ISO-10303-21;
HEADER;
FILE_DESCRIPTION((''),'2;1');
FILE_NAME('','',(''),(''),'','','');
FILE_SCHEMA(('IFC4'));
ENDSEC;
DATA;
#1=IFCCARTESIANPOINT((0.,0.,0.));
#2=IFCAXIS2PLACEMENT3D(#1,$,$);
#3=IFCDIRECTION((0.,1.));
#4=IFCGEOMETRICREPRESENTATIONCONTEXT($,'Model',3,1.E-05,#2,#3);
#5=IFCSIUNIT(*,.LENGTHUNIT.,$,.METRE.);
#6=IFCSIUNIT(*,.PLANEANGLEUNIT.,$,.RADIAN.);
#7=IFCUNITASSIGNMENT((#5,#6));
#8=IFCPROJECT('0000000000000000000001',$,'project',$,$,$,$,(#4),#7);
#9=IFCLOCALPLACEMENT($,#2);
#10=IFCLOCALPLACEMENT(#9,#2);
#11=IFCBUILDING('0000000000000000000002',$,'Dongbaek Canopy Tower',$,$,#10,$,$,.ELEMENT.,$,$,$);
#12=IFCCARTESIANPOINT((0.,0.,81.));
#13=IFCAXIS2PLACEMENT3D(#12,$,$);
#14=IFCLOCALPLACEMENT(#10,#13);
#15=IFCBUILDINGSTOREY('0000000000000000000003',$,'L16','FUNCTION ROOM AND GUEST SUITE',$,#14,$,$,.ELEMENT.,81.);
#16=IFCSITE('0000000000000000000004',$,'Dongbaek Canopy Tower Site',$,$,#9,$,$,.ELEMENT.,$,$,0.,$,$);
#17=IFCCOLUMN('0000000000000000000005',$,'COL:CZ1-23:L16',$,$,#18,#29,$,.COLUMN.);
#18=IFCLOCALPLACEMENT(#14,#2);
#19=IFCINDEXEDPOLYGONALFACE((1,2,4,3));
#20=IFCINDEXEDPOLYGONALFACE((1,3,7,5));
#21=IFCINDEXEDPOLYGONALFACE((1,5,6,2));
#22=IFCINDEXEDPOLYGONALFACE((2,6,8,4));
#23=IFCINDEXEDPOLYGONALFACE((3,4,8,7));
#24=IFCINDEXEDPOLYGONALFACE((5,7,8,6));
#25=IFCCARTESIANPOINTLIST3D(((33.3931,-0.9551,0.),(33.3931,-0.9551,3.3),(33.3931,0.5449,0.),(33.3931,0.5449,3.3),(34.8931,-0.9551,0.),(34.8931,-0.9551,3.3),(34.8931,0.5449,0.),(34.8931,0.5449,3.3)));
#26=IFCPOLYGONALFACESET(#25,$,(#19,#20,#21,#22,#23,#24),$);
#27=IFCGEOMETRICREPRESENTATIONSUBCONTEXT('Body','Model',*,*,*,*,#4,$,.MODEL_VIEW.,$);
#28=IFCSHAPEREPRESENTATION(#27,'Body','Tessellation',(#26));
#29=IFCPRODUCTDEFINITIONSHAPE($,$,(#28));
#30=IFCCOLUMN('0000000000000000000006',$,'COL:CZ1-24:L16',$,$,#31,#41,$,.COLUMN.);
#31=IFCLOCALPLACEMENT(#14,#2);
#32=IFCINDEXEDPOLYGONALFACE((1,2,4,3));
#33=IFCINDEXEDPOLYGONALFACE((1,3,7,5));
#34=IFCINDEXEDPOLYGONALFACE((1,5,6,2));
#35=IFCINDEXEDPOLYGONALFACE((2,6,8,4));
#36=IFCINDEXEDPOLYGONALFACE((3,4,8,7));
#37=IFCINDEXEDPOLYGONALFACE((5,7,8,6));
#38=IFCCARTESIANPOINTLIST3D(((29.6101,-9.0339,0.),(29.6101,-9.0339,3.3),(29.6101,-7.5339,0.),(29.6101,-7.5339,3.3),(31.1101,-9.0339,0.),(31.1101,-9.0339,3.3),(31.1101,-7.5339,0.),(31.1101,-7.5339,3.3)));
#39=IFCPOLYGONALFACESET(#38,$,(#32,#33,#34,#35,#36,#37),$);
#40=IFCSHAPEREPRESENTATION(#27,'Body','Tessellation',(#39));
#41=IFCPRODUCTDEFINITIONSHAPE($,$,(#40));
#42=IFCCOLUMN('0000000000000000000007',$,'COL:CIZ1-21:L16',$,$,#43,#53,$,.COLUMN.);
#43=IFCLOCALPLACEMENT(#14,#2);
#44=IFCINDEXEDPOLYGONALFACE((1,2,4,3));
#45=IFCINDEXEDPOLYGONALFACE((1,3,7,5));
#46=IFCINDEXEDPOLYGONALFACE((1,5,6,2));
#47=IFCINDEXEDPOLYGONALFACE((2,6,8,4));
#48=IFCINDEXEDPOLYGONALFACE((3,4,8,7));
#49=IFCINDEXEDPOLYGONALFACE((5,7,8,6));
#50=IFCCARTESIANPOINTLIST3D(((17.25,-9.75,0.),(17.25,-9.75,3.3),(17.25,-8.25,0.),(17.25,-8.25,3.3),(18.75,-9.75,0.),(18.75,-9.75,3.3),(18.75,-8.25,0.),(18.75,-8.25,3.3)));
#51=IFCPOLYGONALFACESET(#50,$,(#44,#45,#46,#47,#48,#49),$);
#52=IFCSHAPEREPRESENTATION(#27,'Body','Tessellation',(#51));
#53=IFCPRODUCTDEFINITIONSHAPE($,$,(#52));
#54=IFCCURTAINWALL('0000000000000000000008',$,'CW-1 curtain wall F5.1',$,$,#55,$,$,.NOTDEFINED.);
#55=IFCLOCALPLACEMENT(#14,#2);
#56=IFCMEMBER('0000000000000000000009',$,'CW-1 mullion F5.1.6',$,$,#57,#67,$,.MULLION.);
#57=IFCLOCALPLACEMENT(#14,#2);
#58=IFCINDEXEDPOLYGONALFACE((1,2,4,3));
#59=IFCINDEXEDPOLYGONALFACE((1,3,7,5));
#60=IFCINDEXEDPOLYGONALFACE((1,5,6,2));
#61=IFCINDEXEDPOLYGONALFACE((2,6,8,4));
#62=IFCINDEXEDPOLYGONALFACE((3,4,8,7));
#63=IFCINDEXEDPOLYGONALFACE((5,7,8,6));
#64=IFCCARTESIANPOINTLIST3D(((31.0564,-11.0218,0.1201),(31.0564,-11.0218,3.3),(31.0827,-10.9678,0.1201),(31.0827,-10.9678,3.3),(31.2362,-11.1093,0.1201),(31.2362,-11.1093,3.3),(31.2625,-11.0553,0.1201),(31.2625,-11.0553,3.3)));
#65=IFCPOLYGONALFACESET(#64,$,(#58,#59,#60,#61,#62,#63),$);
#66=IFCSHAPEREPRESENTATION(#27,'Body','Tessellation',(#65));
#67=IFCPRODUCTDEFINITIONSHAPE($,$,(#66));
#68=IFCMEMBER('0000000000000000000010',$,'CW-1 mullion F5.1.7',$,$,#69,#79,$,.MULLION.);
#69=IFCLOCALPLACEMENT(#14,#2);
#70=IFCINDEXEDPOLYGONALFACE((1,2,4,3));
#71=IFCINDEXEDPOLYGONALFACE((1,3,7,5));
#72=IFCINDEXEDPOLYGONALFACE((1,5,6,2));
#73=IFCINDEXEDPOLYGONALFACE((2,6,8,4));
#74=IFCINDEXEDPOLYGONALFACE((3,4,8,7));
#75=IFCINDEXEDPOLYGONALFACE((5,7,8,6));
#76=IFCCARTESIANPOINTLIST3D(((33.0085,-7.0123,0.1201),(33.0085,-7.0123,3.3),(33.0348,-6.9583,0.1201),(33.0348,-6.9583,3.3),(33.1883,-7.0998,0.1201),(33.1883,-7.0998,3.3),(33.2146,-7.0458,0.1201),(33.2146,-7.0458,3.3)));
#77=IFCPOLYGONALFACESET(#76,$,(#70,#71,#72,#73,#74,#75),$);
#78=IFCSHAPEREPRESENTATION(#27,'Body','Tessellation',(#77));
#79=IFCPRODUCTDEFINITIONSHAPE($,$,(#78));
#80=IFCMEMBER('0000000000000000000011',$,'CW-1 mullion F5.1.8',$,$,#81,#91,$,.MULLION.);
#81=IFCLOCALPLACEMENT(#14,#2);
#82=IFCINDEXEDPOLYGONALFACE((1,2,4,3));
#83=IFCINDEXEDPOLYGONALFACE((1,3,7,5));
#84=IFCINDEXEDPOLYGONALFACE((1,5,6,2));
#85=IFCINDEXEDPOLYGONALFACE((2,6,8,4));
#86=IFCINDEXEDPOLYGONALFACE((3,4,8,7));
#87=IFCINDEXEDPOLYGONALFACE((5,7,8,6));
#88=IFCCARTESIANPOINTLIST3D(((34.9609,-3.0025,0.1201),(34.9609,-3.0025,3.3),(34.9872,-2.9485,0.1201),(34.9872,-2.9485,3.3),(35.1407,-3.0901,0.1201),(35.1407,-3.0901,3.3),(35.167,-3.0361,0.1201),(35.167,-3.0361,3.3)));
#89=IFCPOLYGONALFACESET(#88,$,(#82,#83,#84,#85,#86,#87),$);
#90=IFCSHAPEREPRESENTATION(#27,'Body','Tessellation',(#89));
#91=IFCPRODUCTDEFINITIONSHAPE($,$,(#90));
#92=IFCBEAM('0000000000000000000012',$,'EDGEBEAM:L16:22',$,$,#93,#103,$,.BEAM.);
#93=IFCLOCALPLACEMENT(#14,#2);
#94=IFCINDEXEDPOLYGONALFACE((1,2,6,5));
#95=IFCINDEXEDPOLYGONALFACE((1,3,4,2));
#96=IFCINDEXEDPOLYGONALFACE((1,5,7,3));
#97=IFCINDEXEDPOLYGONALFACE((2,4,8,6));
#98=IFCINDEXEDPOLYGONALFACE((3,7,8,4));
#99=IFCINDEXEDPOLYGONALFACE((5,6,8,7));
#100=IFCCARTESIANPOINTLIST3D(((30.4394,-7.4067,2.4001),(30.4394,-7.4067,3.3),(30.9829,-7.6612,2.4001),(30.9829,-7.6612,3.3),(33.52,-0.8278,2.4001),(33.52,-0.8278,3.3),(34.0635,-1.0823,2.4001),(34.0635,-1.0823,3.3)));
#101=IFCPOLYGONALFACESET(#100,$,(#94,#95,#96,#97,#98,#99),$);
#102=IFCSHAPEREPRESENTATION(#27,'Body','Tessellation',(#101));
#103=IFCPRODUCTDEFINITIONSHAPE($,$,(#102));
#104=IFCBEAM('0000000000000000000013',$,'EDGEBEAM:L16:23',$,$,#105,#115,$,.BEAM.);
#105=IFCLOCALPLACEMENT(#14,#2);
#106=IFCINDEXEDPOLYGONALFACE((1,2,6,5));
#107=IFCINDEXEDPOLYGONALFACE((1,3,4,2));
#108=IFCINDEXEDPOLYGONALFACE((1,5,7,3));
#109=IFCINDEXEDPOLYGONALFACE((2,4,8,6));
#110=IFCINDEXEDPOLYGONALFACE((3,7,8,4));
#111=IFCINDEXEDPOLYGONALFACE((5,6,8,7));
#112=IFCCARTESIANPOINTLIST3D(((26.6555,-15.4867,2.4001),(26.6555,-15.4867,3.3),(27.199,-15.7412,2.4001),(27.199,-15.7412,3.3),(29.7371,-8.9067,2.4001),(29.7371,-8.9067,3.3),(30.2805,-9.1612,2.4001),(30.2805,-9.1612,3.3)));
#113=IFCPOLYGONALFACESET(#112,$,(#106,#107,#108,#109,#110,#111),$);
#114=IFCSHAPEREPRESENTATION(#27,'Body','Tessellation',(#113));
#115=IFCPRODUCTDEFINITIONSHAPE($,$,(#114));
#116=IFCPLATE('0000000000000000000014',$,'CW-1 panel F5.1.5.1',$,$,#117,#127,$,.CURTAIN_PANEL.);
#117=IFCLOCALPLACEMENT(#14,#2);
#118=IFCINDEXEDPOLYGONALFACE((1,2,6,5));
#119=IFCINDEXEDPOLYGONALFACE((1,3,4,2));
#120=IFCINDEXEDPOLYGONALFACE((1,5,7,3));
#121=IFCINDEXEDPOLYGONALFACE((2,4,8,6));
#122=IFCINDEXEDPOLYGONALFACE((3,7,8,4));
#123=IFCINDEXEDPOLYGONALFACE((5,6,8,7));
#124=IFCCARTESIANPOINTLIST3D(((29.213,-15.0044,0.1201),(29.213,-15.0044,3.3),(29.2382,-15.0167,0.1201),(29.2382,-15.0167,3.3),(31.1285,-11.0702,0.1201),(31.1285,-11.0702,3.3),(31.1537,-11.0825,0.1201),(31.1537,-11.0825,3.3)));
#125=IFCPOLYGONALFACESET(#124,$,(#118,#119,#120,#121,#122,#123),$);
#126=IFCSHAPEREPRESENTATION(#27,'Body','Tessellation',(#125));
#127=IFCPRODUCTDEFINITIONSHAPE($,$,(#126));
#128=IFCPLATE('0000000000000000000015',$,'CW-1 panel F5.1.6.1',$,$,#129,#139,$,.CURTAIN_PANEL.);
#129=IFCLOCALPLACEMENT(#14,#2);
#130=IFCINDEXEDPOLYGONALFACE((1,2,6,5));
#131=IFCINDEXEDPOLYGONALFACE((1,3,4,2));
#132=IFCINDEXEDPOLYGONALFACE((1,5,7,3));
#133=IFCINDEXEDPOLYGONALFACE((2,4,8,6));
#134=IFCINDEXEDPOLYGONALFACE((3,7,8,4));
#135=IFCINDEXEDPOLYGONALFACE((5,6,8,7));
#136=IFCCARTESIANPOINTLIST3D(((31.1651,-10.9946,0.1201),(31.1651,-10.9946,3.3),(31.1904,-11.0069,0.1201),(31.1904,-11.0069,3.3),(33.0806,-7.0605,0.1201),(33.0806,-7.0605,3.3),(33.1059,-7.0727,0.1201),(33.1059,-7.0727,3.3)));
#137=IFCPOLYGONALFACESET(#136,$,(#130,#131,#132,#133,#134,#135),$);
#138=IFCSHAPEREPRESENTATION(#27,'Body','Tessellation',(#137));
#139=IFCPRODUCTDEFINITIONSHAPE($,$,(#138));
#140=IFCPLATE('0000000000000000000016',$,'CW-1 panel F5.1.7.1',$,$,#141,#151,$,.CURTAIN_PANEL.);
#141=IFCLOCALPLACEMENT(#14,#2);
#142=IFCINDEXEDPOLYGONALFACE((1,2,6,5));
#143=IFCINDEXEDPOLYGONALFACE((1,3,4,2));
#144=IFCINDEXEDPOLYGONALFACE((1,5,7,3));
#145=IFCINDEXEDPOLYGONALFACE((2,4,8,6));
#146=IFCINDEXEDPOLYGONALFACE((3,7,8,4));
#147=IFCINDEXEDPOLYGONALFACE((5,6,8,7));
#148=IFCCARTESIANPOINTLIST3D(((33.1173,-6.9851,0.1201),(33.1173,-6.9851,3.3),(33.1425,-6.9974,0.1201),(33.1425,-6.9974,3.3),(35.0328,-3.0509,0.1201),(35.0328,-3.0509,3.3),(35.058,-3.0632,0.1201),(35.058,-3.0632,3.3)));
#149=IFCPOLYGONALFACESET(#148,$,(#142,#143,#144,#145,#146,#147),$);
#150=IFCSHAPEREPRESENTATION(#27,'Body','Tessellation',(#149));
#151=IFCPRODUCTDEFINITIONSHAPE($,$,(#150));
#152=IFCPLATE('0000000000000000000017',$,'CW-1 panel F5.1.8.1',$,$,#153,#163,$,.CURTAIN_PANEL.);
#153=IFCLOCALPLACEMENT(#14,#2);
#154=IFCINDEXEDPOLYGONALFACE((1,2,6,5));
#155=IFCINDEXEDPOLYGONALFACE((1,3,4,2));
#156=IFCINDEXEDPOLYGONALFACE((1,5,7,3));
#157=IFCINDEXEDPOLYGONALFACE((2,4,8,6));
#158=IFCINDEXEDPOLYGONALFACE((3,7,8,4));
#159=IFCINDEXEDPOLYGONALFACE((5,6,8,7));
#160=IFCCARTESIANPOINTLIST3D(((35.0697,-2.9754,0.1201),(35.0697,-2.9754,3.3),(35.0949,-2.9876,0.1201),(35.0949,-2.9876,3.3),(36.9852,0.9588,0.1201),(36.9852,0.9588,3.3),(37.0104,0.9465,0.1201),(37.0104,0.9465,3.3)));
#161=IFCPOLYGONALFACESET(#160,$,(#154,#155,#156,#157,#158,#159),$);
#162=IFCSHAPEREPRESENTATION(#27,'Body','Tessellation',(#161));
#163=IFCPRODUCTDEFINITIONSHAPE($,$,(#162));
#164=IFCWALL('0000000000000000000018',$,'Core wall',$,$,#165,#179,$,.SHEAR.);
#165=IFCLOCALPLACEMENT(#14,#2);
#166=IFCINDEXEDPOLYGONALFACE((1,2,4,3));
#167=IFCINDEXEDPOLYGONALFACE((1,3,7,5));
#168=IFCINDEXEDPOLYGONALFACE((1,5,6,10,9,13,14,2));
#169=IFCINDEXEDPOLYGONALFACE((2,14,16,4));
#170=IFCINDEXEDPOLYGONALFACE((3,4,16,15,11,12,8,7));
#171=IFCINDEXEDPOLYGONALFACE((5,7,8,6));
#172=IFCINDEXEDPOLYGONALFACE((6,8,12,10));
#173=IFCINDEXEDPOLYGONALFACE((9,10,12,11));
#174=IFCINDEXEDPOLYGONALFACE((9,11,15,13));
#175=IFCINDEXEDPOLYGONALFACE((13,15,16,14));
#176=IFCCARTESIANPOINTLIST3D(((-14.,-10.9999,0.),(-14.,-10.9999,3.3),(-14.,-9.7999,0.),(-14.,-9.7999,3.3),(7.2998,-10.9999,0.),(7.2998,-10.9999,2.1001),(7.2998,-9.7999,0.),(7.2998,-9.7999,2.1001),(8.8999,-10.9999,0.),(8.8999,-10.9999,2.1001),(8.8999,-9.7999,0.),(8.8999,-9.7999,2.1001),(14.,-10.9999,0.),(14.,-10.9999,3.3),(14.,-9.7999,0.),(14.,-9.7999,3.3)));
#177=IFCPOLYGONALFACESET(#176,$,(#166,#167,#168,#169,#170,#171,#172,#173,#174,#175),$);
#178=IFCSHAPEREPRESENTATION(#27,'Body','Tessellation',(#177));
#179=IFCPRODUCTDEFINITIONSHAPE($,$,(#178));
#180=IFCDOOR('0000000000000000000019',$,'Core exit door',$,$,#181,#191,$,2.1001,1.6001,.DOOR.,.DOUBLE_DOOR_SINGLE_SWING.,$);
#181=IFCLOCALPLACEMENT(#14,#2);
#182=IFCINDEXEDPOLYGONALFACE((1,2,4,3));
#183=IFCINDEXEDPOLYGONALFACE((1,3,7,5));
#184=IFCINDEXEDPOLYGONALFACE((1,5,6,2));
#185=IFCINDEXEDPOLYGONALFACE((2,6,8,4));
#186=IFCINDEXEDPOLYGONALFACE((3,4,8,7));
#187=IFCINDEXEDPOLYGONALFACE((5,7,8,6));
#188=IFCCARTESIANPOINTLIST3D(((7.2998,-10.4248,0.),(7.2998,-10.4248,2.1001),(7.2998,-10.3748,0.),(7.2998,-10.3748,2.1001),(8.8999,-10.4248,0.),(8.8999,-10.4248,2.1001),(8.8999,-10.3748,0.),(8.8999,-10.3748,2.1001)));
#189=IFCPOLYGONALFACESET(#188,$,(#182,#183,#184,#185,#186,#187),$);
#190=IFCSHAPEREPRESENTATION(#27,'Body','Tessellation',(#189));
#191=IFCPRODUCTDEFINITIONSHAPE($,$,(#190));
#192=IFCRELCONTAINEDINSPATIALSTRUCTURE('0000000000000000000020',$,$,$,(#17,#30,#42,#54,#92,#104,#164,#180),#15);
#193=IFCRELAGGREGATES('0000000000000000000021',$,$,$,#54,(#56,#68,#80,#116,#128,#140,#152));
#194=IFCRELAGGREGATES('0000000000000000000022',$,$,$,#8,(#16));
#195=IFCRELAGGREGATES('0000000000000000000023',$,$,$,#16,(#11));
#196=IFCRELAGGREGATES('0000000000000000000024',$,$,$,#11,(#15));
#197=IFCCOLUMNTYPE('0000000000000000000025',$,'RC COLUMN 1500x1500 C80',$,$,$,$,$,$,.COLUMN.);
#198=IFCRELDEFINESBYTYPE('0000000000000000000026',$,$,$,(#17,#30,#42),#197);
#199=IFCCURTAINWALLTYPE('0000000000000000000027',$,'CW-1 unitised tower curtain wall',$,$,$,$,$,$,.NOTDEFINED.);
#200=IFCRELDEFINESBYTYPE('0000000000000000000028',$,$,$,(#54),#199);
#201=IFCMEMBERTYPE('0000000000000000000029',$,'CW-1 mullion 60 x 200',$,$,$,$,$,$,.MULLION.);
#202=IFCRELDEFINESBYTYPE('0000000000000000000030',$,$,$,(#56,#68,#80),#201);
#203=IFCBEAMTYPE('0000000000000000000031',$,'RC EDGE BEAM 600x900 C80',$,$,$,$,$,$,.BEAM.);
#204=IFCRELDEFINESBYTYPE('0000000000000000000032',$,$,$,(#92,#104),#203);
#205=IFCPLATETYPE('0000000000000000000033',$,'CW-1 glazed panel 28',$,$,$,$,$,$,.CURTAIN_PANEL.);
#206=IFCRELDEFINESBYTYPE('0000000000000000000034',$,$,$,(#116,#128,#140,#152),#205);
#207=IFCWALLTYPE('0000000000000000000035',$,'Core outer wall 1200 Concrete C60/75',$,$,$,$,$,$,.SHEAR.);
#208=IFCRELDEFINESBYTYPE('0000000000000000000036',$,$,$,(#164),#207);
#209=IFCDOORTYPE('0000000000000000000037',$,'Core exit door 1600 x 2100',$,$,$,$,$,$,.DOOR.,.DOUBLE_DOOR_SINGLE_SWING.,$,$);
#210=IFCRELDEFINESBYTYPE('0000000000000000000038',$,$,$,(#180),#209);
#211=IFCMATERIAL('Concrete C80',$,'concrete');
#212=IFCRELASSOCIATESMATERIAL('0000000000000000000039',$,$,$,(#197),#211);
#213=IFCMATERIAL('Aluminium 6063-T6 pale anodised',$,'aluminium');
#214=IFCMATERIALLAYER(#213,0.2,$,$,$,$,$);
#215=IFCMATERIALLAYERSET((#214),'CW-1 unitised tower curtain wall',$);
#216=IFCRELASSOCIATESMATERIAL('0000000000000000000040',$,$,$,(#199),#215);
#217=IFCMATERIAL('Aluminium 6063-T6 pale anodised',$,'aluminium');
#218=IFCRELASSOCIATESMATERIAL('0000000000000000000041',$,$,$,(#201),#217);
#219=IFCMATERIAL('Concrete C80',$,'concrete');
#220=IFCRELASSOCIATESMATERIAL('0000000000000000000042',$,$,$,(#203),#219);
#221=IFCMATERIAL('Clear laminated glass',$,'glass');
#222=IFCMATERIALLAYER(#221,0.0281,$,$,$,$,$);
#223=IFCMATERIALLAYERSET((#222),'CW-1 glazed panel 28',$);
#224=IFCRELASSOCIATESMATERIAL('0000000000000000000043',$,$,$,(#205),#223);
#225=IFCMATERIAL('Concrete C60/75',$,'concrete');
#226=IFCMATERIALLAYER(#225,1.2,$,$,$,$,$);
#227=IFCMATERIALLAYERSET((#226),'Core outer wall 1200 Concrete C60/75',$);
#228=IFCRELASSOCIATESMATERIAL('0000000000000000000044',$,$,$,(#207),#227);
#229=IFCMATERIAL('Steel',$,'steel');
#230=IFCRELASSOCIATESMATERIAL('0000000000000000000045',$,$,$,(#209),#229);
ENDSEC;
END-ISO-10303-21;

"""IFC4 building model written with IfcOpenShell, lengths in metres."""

from ifc_helpers import new_model, si_unit, direction, frame, frame_2d, origin, origin_2d, place, context, subcontext, project, spatial, rectangle, extrude, material, layer, layer_set, material_profile, profile_set, type_object, element, fill, aggregate, save


model = new_model("IFC4")

# Units and contexts
model_context = context("Model", 3, precision=1e-05, world=origin(), true_north=direction((0.0, 1.0)))
body_context = subcontext(model_context, "Body", "Model", "MODEL_VIEW")
ifc_project = project(units=[si_unit("LENGTHUNIT", "METRE"), si_unit("PLANEANGLEUNIT", "RADIAN")], contexts=[model_context])

# Site, building, storey
site_placement = place(None, origin())
site = spatial("IfcSite", under=ifc_project, at=site_placement, Name="Dongbaek Canopy Tower Site", CompositionType="ELEMENT", RefElevation=0.0)
building_placement = place(site_placement, origin())
building = spatial("IfcBuilding", under=site, at=building_placement, Name="Dongbaek Canopy Tower", CompositionType="ELEMENT")
storey_placement = place(building_placement, frame((0.0, 0.0, 81.0)))
storey = spatial("IfcBuildingStorey", under=building, at=storey_placement, Name="L16", Description="FUNCTION ROOM AND GUEST SUITE", CompositionType="ELEMENT", Elevation=81.0)

# Columns
ifc_material_1 = material(Name="Concrete C80", Category="concrete")
ifc_material_profile_1 = material_profile(ifc_material_1, rectangle(XDim=1.5, YDim=1.5, at=origin_2d()), Name="RC COLUMN 1500x1500 C80")
ifc_profile_set_1 = profile_set([ifc_material_profile_1], Name="Concrete C80")
column_type = type_object("IfcColumnType", Name="RC COLUMN 1500x1500 C80", PredefinedType="COLUMN", material=ifc_profile_set_1)
for number, where, z_axis, x_axis, name in (
    (1, (34.1431, -0.2051, 0.0), (0.0, 0.0, 1.0), (1.0, 0.0, 0.0), "COL:CZ1-23:L16"),
    (2, (30.3601, -8.2839, 0.0), (0.0, 0.0, 1.0), (1.0, 0.0, 0.0), "COL:CZ1-24:L16"),
    (3, (18.0, -9.0, 0.0), (0.0, 0.0, 1.0), (1.0, 0.0, 0.0), "COL:CIZ1-21:L16"),
):
    element("IfcColumn", number, at=place(storey_placement, frame(where, z_axis=z_axis, x_axis=x_axis)), inside=storey, type_object=column_type, Name=name, PredefinedType="COLUMN", context=body_context, shape_type="SweptSolid", body=[
        extrude(rectangle(XDim=1.5, YDim=1.5, at=origin_2d()), origin(), (0.0, 0.0, 1.0), 3.3),
    ])

# Curtain wall, members
ifc_material_2 = material(Name="Aluminium 6063-T6 pale anodised", Category="aluminium")
ifc_layer_1 = layer(ifc_material_2, 0.2)
ifc_layer_set_1 = layer_set([ifc_layer_1], Name="CW-1 unitised tower curtain wall")
curtain_wall_type = type_object("IfcCurtainWallType", Name="CW-1 unitised tower curtain wall", PredefinedType="NOTDEFINED", material=ifc_layer_set_1)
curtain_wall_placement = place(storey_placement, origin())
curtain_wall = element("IfcCurtainWall", 4, at=curtain_wall_placement, inside=storey, type_object=curtain_wall_type, Name="CW-1 curtain wall F5.1", PredefinedType="NOTDEFINED")
ifc_material_3 = material(Name="Aluminium 6063-T6 pale anodised", Category="aluminium")
ifc_material_profile_2 = material_profile(ifc_material_3, rectangle(XDim=0.2, YDim=0.0601, at=origin_2d()), Name="CW-1 mullion 60 x 200")
ifc_profile_set_2 = profile_set([ifc_material_profile_2], Name="Aluminium 6063-T6 pale anodised")
member_type = type_object("IfcMemberType", Name="CW-1 mullion 60 x 200", PredefinedType="MULLION", material=ifc_profile_set_2)
member_1_placement = place(storey_placement, frame((31.1594, -11.0386, 0.1201), z_axis=(0.0, 0.0, 1.0), x_axis=(0.899092, -0.437759, 0.0)))
member_1 = element("IfcMember", 5, at=member_1_placement, type_object=member_type, Name="CW-1 mullion F5.1.6", PredefinedType="MULLION", context=body_context, shape_type="SweptSolid", body=[
    extrude(rectangle(XDim=0.2, YDim=0.0601, at=origin_2d()), origin(), (0.0, 0.0, 1.0), 3.1799),
])
member_2_placement = place(storey_placement, frame((33.1116, -7.0291, 0.1201), z_axis=(0.0, 0.0, 1.0), x_axis=(0.899092, -0.437759, 0.0)))
member_2 = element("IfcMember", 6, at=member_2_placement, type_object=member_type, Name="CW-1 mullion F5.1.7", PredefinedType="MULLION", context=body_context, shape_type="SweptSolid", body=[
    extrude(rectangle(XDim=0.2, YDim=0.0601, at=origin_2d()), origin(), (0.0, 0.0, 1.0), 3.1799),
])
member_3_placement = place(storey_placement, frame((35.064, -3.0193, 0.1201), z_axis=(0.0, 0.0, 1.0), x_axis=(0.899092, -0.437759, 0.0)))
member_3 = element("IfcMember", 7, at=member_3_placement, type_object=member_type, Name="CW-1 mullion F5.1.8", PredefinedType="MULLION", context=body_context, shape_type="SweptSolid", body=[
    extrude(rectangle(XDim=0.2, YDim=0.0601, at=origin_2d()), origin(), (0.0, 0.0, 1.0), 3.1799),
])

# Beams
ifc_material_4 = material(Name="Concrete C80", Category="concrete")
ifc_material_profile_3 = material_profile(ifc_material_4, rectangle(XDim=0.6001, YDim=0.8999, at=origin_2d()), Name="RC EDGE BEAM 600x900 C80")
ifc_profile_set_3 = profile_set([ifc_material_profile_3], Name="Concrete C80")
beam_type = type_object("IfcBeamType", Name="RC EDGE BEAM 600x900 C80", PredefinedType="BEAM", material=ifc_profile_set_3)
beam_1_placement = place(storey_placement, frame((33.7917, -0.9551, 2.8501), z_axis=(-0.424064, -0.905632, 0.0), x_axis=(0.905632, -0.424064, 0.0)))
element("IfcBeam", 8, at=beam_1_placement, inside=storey, type_object=beam_type, Name="EDGEBEAM:L16:22", PredefinedType="BEAM", context=body_context, shape_type="SweptSolid", body=[
    extrude(rectangle(XDim=0.6001, YDim=0.8999, at=origin_2d()), origin(), (0.0, 0.0, 1.0), 7.2644),
])
beam_2_placement = place(storey_placement, frame((30.0088, -9.0339, 2.8501), z_axis=(-0.42411, -0.905611, 0.0), x_axis=(0.905611, -0.42411, 0.0)))
element("IfcBeam", 9, at=beam_2_placement, inside=storey, type_object=beam_type, Name="EDGEBEAM:L16:23", PredefinedType="BEAM", context=body_context, shape_type="SweptSolid", body=[
    extrude(rectangle(XDim=0.6001, YDim=0.8999, at=origin_2d()), origin(), (0.0, 0.0, 1.0), 7.2659),
])

# Plates
ifc_material_5 = material(Name="Clear laminated glass", Category="glass")
ifc_layer_2 = layer(ifc_material_5, 0.0281)
ifc_layer_set_2 = layer_set([ifc_layer_2], Name="CW-1 glazed panel 28")
plate_type = type_object("IfcPlateType", Name="CW-1 glazed panel 28", PredefinedType="CURTAIN_PANEL", material=ifc_layer_set_2)
plate_1_placement = place(storey_placement, frame((30.1833, -13.0435, 0.1201), z_axis=(0.0, 0.0, 1.0), x_axis=(0.437759, 0.899092, 0.0)))
plate_1 = element("IfcPlate", 10, at=plate_1_placement, type_object=plate_type, Name="CW-1 panel F5.1.5.1", PredefinedType="CURTAIN_PANEL", context=body_context, shape_type="SweptSolid", body=[
    extrude(rectangle(XDim=4.3757, YDim=0.0281, at=origin_2d()), origin(), (0.0, 0.0, 1.0), 3.1799),
])
plate_2_placement = place(storey_placement, frame((32.1355, -9.0337, 0.1201), z_axis=(0.0, 0.0, 1.0), x_axis=(0.437759, 0.899092, 0.0)))
plate_2 = element("IfcPlate", 11, at=plate_2_placement, type_object=plate_type, Name="CW-1 panel F5.1.6.1", PredefinedType="CURTAIN_PANEL", context=body_context, shape_type="SweptSolid", body=[
    extrude(rectangle(XDim=4.3757, YDim=0.0281, at=origin_2d()), origin(), (0.0, 0.0, 1.0), 3.1799),
])
plate_3_placement = place(storey_placement, frame((34.0876, -5.0242, 0.1201), z_axis=(0.0, 0.0, 1.0), x_axis=(0.437759, 0.899092, 0.0)))
plate_3 = element("IfcPlate", 12, at=plate_3_placement, type_object=plate_type, Name="CW-1 panel F5.1.7.1", PredefinedType="CURTAIN_PANEL", context=body_context, shape_type="SweptSolid", body=[
    extrude(rectangle(XDim=4.3757, YDim=0.0281, at=origin_2d()), origin(), (0.0, 0.0, 1.0), 3.1799),
])
plate_4_placement = place(storey_placement, frame((36.04, -1.0144, 0.1201), z_axis=(0.0, 0.0, 1.0), x_axis=(0.437759, 0.899092, 0.0)))
plate_4 = element("IfcPlate", 13, at=plate_4_placement, type_object=plate_type, Name="CW-1 panel F5.1.8.1", PredefinedType="CURTAIN_PANEL", context=body_context, shape_type="SweptSolid", body=[
    extrude(rectangle(XDim=4.3757, YDim=0.0281, at=origin_2d()), origin(), (0.0, 0.0, 1.0), 3.1799),
])

# Wall, opening, door
ifc_material_6 = material(Name="Concrete C60/75", Category="concrete")
ifc_layer_3 = layer(ifc_material_6, 1.2)
ifc_layer_set_3 = layer_set([ifc_layer_3], Name="Core outer wall 1200 Concrete C60/75")
wall_type_1 = type_object("IfcWallType", Name="Core outer wall 1200 Concrete C60/75", PredefinedType="SHEAR", material=ifc_layer_set_3)
wall_1_placement = place(storey_placement, frame((14.0, -10.3999, 0.0), z_axis=(0.0, 0.0, 1.0), x_axis=(-1.0, 0.0, 0.0)))
wall_1 = element("IfcWall", 14, at=wall_1_placement, inside=storey, type_object=wall_type_1, Name="Core wall", PredefinedType="SHEAR", context=body_context, shape_type="SweptSolid", body=[
    extrude(rectangle(XDim=28.0, YDim=1.2, at=frame_2d((14.0, 0.0))), origin(), (0.0, 0.0, 1.0), 3.3),
])
opening_1_placement = place(wall_1_placement, frame((5.1001, 0.0, 0.0)))
opening_1 = element("IfcOpeningElement", 15, at=opening_1_placement, cuts=wall_1, PredefinedType="OPENING", context=body_context, shape_type="SweptSolid", body=[
    extrude(rectangle(XDim=1.6001, YDim=2.1001, at=frame_2d((0.8, 1.05))), frame((0.0, 0.6099, 0.0), z_axis=(0.0, -1.0, 0.0), x_axis=(1.0, 0.0, 0.0)), (0.0, 0.0, 1.0), 1.22),
])
ifc_material_7 = material(Name="Steel", Category="steel")
door_type_1 = type_object("IfcDoorType", Name="Core exit door 1600 x 2100", OperationType="DOUBLE_DOOR_SINGLE_SWING", PredefinedType="DOOR", material=ifc_material_7)
door_1_placement = place(opening_1_placement, origin())
door_1 = element("IfcDoor", 16, at=door_1_placement, inside=storey, type_object=door_type_1, Name="Core exit door", OperationType="DOUBLE_DOOR_SINGLE_SWING", OverallHeight=2.1001, OverallWidth=1.6001, PredefinedType="DOOR", context=body_context, shape_type="SweptSolid", body=[
    extrude(rectangle(XDim=1.6001, YDim=2.1001, at=frame_2d((0.8, 1.05))), frame((0.0, 0.0249, 0.0), z_axis=(0.0, -1.0, 0.0), x_axis=(1.0, 0.0, 0.0)), (0.0, 0.0, 1.0), 0.05),
])
fill(opening_1, door_1)

aggregate(curtain_wall, [member_1, member_2, member_3, plate_1, plate_2, plate_3, plate_4])

save(model, "model.ifc")
